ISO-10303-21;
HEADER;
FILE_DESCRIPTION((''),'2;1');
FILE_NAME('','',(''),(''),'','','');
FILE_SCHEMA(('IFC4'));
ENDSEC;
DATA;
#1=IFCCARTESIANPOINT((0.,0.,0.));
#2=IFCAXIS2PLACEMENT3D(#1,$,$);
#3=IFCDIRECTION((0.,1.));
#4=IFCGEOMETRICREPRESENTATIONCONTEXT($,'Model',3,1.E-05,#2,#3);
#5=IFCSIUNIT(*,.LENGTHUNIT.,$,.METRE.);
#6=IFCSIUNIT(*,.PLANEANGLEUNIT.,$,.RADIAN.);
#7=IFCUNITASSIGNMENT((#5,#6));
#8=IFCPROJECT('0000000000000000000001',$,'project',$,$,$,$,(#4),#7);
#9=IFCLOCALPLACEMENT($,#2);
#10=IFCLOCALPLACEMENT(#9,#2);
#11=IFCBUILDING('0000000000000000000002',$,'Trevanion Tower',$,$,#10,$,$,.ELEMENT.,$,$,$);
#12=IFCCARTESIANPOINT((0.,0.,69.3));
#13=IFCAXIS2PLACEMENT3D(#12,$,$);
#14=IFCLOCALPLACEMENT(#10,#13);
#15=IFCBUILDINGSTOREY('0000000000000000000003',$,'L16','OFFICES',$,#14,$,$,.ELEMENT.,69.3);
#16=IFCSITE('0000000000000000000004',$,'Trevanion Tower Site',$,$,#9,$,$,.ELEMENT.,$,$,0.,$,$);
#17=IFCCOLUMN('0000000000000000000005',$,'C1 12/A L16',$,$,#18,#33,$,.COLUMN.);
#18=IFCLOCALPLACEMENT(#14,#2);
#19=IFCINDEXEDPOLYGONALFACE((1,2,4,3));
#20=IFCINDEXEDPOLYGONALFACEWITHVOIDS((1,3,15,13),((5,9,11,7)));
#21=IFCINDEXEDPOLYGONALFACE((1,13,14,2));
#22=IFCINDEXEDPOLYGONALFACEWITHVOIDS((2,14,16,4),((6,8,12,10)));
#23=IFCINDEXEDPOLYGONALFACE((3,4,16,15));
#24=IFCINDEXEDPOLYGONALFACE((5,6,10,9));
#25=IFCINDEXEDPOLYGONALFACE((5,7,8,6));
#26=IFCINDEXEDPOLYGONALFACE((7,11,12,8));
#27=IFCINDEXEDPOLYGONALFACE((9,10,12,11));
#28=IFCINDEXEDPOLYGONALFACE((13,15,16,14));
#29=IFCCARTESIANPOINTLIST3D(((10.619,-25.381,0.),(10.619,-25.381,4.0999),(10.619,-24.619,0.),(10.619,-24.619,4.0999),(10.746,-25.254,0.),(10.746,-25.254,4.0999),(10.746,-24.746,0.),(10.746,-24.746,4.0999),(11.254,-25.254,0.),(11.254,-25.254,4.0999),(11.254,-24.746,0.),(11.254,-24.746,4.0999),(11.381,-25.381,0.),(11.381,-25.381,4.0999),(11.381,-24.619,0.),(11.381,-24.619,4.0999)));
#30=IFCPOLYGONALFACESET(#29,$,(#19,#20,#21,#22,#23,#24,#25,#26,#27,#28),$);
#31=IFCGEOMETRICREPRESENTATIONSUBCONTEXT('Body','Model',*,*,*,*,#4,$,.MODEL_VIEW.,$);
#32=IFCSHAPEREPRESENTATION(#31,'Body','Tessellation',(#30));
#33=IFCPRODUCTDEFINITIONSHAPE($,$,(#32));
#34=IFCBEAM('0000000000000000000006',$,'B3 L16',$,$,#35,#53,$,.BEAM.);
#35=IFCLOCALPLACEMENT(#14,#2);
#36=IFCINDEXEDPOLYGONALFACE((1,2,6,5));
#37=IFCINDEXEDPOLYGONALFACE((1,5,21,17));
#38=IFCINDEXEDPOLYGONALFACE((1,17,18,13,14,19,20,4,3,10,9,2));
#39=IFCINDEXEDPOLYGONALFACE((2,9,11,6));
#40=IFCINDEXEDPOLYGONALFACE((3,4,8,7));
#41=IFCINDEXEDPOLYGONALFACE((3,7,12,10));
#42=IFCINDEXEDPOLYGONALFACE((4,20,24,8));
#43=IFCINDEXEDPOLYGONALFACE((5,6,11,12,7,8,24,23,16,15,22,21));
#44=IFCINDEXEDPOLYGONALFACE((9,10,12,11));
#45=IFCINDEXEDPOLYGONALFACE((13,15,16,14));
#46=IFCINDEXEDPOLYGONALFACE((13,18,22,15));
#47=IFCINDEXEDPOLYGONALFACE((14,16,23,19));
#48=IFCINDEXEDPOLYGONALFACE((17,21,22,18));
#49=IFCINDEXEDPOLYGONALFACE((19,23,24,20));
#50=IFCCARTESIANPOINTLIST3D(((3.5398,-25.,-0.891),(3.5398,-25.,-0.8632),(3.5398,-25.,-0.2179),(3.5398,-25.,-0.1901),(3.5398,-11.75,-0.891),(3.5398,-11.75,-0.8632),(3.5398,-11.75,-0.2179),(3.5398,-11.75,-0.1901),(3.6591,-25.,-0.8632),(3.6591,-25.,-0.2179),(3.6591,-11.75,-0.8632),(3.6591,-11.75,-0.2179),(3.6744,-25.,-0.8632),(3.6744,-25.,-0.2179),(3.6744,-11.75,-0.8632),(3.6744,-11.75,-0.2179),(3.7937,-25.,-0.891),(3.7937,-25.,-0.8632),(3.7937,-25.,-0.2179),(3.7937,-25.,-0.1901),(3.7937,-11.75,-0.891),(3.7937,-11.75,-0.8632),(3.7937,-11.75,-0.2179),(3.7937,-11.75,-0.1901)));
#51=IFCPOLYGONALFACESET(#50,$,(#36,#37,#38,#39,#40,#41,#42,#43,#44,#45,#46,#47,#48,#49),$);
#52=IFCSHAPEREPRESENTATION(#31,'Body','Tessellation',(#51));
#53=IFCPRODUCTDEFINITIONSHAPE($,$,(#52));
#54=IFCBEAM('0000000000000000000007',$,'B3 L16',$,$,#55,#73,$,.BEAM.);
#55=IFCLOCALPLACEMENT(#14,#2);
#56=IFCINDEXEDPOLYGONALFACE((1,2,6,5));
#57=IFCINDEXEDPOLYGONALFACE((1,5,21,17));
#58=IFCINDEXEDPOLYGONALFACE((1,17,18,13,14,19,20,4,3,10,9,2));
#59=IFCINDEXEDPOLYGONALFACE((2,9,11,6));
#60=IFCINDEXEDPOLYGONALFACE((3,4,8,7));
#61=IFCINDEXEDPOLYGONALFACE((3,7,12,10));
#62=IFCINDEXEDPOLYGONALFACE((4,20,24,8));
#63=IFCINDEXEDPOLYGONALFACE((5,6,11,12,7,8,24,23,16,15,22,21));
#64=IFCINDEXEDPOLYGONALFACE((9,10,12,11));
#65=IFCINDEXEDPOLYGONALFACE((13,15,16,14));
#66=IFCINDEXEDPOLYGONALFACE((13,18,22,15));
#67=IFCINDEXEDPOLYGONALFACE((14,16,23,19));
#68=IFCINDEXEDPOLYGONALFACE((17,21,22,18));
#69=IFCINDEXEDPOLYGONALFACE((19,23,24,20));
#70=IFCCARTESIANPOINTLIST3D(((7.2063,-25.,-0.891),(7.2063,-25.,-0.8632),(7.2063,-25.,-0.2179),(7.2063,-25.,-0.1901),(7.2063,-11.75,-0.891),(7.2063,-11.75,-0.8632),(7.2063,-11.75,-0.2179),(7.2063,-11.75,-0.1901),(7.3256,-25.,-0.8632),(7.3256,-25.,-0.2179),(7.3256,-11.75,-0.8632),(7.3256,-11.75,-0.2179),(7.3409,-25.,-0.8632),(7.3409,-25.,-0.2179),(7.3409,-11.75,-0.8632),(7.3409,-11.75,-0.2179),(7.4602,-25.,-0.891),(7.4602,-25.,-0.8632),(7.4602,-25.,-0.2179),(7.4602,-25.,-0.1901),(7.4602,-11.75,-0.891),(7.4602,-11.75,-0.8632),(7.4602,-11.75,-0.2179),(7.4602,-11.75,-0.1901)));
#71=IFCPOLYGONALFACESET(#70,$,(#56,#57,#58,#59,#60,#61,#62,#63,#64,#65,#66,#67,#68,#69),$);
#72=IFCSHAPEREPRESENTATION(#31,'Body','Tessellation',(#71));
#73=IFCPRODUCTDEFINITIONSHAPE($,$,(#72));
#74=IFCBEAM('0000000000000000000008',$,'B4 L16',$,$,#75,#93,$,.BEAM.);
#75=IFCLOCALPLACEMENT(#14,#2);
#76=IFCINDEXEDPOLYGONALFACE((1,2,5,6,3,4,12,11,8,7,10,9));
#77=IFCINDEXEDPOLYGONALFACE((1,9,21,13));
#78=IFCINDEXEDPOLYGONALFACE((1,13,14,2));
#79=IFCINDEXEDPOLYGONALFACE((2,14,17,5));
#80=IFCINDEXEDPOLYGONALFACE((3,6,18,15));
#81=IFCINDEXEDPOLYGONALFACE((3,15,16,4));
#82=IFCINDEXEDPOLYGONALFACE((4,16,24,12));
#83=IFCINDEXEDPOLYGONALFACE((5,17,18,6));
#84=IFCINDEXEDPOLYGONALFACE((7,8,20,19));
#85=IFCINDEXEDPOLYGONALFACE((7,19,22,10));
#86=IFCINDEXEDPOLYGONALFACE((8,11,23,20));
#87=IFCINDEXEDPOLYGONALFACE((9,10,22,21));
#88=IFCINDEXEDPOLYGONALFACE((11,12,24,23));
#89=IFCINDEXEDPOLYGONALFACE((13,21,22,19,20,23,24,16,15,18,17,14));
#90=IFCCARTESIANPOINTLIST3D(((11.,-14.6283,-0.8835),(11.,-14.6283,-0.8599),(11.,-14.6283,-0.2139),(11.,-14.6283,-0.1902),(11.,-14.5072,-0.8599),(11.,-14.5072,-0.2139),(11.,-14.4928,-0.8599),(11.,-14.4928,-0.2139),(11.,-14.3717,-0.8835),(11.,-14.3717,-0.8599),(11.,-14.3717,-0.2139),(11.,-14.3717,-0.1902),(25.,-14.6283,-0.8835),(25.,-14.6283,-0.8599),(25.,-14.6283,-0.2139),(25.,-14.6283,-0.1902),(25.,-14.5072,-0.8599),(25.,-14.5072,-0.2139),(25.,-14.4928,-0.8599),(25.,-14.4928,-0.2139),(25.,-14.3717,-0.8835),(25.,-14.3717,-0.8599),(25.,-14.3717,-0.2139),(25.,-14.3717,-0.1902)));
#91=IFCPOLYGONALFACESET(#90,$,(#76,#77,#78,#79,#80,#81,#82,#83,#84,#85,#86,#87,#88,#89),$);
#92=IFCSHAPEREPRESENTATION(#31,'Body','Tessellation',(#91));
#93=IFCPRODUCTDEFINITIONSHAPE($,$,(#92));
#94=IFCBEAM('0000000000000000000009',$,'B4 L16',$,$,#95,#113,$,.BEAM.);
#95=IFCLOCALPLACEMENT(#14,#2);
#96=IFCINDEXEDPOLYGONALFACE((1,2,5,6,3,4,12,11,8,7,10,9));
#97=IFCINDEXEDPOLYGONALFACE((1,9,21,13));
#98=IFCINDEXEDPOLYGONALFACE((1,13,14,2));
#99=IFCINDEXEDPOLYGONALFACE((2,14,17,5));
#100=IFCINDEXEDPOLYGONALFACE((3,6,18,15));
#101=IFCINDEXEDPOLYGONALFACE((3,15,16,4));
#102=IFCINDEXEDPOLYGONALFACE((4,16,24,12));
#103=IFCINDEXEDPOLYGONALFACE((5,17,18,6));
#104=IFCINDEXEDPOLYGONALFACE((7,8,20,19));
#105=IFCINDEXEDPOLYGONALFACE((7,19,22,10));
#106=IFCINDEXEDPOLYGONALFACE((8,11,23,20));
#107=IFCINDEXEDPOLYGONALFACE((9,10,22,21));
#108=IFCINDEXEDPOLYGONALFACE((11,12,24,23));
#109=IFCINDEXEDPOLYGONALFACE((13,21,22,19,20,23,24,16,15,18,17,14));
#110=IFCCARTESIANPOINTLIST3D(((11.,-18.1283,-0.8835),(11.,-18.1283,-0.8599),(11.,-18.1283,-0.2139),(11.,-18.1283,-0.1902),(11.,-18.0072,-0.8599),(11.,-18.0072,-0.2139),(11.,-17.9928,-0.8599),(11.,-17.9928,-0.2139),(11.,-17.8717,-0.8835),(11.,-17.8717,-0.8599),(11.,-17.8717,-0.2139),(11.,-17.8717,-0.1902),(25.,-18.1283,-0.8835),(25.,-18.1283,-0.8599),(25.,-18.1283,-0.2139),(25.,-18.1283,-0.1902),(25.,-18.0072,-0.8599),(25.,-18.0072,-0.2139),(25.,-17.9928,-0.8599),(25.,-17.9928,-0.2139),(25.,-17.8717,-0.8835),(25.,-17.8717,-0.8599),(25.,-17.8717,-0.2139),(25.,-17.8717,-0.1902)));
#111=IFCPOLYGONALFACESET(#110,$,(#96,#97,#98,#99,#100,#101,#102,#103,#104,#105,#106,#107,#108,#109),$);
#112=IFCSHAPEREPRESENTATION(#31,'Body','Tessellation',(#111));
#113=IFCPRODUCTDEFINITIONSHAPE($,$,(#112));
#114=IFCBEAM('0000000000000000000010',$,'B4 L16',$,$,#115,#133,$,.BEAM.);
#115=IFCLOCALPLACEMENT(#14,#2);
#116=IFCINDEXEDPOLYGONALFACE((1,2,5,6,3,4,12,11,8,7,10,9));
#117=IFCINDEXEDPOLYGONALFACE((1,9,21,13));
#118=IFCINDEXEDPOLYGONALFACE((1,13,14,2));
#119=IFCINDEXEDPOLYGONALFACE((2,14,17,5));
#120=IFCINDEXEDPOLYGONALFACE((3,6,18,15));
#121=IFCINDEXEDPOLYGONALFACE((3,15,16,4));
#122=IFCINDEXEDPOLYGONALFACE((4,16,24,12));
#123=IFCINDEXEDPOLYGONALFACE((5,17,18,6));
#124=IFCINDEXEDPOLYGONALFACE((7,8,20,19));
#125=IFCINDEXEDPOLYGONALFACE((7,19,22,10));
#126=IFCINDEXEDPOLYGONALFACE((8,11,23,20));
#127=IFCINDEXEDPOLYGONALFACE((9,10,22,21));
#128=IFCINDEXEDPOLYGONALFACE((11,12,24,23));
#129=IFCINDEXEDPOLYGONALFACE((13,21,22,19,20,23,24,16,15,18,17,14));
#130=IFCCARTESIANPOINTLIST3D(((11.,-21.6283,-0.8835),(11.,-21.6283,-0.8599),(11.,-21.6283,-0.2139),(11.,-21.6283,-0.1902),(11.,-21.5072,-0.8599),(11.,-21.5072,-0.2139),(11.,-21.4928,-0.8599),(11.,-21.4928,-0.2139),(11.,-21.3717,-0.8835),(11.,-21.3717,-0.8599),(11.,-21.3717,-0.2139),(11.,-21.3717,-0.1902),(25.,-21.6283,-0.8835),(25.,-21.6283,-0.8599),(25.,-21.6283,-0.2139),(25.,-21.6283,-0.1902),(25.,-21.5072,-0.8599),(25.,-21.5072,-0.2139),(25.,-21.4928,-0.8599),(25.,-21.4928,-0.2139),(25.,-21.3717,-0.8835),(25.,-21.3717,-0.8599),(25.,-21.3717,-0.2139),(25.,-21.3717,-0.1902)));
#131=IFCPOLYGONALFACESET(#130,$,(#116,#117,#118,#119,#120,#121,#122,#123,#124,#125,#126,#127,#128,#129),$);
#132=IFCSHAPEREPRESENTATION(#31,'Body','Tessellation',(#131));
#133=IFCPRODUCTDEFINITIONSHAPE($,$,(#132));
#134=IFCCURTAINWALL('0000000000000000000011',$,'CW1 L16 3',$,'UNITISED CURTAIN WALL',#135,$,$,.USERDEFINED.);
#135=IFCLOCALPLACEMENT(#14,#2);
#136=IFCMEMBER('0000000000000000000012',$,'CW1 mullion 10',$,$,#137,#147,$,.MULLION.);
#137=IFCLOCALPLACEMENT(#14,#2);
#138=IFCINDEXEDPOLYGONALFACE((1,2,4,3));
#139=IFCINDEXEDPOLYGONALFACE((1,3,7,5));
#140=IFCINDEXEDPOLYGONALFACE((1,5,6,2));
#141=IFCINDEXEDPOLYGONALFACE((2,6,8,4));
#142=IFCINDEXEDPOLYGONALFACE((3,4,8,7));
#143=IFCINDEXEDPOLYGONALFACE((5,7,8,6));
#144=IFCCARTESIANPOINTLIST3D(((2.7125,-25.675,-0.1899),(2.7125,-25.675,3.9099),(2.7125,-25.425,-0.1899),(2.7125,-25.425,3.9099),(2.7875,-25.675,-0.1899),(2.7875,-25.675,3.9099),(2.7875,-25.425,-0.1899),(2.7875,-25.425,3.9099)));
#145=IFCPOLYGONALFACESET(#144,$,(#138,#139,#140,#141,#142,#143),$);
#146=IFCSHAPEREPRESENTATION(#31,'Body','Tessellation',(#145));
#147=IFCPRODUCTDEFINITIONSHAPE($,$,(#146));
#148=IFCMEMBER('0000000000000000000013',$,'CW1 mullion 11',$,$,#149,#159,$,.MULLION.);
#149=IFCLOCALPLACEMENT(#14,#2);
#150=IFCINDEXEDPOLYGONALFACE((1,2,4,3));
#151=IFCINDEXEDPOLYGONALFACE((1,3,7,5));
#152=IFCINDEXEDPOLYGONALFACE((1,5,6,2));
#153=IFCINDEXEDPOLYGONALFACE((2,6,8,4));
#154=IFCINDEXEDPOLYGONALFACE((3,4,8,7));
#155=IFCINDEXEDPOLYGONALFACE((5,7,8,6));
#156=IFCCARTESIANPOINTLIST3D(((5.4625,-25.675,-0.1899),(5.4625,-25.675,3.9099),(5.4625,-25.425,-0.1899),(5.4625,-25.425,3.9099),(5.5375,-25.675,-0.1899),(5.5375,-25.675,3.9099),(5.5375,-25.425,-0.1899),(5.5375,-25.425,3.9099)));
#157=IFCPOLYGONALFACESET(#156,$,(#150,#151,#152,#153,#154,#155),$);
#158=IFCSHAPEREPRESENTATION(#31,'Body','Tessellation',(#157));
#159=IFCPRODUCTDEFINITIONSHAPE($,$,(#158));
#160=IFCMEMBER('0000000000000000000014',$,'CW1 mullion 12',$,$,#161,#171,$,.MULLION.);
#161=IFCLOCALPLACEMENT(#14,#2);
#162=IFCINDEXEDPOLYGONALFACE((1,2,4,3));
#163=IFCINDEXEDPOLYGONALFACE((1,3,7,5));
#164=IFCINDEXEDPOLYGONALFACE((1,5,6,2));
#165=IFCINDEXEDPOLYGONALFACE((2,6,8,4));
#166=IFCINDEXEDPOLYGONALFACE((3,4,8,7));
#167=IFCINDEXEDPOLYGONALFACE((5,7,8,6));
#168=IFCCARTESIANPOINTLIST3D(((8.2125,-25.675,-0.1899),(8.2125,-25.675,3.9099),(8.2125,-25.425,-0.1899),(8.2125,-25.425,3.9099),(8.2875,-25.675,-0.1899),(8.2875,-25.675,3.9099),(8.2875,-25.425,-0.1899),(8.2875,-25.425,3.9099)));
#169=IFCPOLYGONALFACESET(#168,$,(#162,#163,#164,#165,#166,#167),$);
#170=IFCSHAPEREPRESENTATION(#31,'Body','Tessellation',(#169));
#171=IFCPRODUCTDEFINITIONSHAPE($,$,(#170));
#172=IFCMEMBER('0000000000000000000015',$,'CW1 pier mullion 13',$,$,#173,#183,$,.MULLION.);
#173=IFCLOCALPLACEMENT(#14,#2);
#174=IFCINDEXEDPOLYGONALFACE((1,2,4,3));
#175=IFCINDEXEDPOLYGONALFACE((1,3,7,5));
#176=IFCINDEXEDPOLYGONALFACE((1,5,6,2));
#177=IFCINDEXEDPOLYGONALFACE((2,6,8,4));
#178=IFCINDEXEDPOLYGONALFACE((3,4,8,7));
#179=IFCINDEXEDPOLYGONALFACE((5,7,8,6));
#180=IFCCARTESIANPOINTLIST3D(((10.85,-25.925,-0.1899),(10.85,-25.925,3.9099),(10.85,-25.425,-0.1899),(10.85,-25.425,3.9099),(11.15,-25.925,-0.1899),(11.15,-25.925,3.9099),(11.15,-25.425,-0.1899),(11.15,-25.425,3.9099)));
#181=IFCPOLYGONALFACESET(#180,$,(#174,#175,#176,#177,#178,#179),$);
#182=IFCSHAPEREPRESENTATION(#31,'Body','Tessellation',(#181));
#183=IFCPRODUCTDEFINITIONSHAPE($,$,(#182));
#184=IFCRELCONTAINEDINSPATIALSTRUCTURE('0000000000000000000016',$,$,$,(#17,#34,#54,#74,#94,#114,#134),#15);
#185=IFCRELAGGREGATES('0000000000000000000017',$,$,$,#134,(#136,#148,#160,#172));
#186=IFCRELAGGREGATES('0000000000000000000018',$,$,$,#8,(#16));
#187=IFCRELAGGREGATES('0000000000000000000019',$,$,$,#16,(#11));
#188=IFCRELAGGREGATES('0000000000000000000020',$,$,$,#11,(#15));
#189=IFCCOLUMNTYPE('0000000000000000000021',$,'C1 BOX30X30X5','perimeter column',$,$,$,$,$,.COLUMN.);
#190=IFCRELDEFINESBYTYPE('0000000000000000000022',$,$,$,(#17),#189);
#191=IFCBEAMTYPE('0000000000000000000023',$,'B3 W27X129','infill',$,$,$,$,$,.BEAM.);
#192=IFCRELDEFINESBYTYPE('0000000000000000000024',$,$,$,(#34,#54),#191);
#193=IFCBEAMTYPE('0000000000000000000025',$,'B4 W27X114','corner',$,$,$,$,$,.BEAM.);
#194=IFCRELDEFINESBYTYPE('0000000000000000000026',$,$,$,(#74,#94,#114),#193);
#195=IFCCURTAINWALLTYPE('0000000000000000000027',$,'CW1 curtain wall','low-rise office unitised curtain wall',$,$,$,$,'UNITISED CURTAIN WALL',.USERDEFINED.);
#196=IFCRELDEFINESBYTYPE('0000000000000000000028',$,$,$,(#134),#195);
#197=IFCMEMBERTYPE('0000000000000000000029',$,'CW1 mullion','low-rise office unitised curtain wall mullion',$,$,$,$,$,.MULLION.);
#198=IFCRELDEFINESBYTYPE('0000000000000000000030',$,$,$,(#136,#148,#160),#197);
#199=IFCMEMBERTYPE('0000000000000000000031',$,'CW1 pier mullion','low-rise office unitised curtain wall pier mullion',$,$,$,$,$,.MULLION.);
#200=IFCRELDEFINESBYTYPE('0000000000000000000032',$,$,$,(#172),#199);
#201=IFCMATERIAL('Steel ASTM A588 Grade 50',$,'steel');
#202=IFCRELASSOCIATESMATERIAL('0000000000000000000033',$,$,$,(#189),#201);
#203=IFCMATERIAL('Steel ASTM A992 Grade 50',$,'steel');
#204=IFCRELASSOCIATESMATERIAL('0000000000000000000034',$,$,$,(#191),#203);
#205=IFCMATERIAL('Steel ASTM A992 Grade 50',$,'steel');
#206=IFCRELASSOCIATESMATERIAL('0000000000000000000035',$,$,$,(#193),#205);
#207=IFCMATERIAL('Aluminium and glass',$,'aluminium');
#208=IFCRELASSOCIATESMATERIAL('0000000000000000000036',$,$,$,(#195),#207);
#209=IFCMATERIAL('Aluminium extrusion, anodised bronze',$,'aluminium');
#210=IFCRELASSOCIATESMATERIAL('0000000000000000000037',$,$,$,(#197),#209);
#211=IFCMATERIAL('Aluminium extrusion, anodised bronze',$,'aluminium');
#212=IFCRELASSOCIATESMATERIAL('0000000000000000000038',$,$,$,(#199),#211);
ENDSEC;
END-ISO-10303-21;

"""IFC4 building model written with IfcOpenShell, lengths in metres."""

from ifc_helpers import new_model, si_unit, direction, frame, origin, origin_2d, place, context, subcontext, project, spatial, rectangle, hollow_rectangle, i_section, extrude, material, material_profile, profile_set, type_object, element, aggregate, save


model = new_model("IFC4")

# Units and contexts
model_context = context("Model", 3, precision=1e-05, world=origin(), true_north=direction((0.0, 1.0)))
body_context = subcontext(model_context, "Body", "Model", "MODEL_VIEW")
ifc_project = project(units=[si_unit("LENGTHUNIT", "METRE"), si_unit("PLANEANGLEUNIT", "RADIAN")], contexts=[model_context])

# Site, building, storey
site_placement = place(None, origin())
site = spatial("IfcSite", under=ifc_project, at=site_placement, Name="Trevanion Tower Site", CompositionType="ELEMENT", RefElevation=0.0)
building_placement = place(site_placement, origin())
building = spatial("IfcBuilding", under=site, at=building_placement, Name="Trevanion Tower", CompositionType="ELEMENT")
storey_placement = place(building_placement, frame((0.0, 0.0, 69.3)))
storey = spatial("IfcBuildingStorey", under=building, at=storey_placement, Name="L16", Description="OFFICES", CompositionType="ELEMENT", Elevation=69.3)

# Column
ifc_material_1 = material(Name="Steel ASTM A588 Grade 50", Category="steel")
ifc_material_profile_1 = material_profile(ifc_material_1, hollow_rectangle(XDim=0.762, YDim=0.762, WallThickness=0.127, at=origin_2d()), Name="BOX30X30X5")
ifc_profile_set_1 = profile_set([ifc_material_profile_1], Name="Steel ASTM A588 Grade 50")
column_type = type_object("IfcColumnType", Name="C1 BOX30X30X5", Description="perimeter column", PredefinedType="COLUMN", material=ifc_profile_set_1)
column_placement = place(storey_placement, frame((11.0, -25.0, 0.0), z_axis=(0.0, 0.0, 1.0), x_axis=(1.0, 0.0, 0.0)))
element("IfcColumn", 1, at=column_placement, inside=storey, type_object=column_type, Name="C1 12/A L16", PredefinedType="COLUMN", context=body_context, shape_type="SweptSolid", body=[
    extrude(hollow_rectangle(XDim=0.762, YDim=0.762, WallThickness=0.127, at=origin_2d()), origin(), (0.0, 0.0, 1.0), 4.0999),
])

# Beams
ifc_material_2 = material(Name="Steel ASTM A992 Grade 50", Category="steel")
ifc_material_profile_2 = material_profile(ifc_material_2, i_section(OverallWidth=0.2539, OverallDepth=0.7009, WebThickness=0.0154, FlangeThickness=0.0278, at=origin_2d()), Name="W27X129")
ifc_profile_set_2 = profile_set([ifc_material_profile_2], Name="Steel ASTM A992 Grade 50")
beam_type_1 = type_object("IfcBeamType", Name="B3 W27X129", Description="infill", PredefinedType="BEAM", material=ifc_profile_set_2)
for number, where, z_axis, x_axis, name in (
    (2, (3.6667, -11.75, -0.5405), (0.0, -1.0, 0.0), (1.0, 0.0, 0.0), "B3 L16"),
    (3, (7.3333, -11.75, -0.5405), (0.0, -1.0, 0.0), (1.0, 0.0, 0.0), "B3 L16"),
):
    element("IfcBeam", number, at=place(storey_placement, frame(where, z_axis=z_axis, x_axis=x_axis)), inside=storey, type_object=beam_type_1, Name=name, PredefinedType="BEAM", context=body_context, shape_type="SweptSolid", body=[
        extrude(i_section(OverallWidth=0.2539, OverallDepth=0.7009, WebThickness=0.0154, FlangeThickness=0.0278, at=origin_2d()), origin(), (0.0, 0.0, 1.0), 13.25),
    ])
ifc_material_3 = material(Name="Steel ASTM A992 Grade 50", Category="steel")
ifc_material_profile_3 = material_profile(ifc_material_3, i_section(OverallWidth=0.2566, OverallDepth=0.6934, WebThickness=0.0144, FlangeThickness=0.0237, at=origin_2d()), Name="W27X114")
ifc_profile_set_3 = profile_set([ifc_material_profile_3], Name="Steel ASTM A992 Grade 50")
beam_type_2 = type_object("IfcBeamType", Name="B4 W27X114", Description="corner", PredefinedType="BEAM", material=ifc_profile_set_3)
for number, where, z_axis, x_axis, name in (
    (4, (11.0, -14.5, -0.5369), (1.0, 0.0, 0.0), (0.0, 1.0, 0.0), "B4 L16"),
    (5, (11.0, -18.0, -0.5369), (1.0, 0.0, 0.0), (0.0, 1.0, 0.0), "B4 L16"),
    (6, (11.0, -21.5, -0.5369), (1.0, 0.0, 0.0), (0.0, 1.0, 0.0), "B4 L16"),
):
    element("IfcBeam", number, at=place(storey_placement, frame(where, z_axis=z_axis, x_axis=x_axis)), inside=storey, type_object=beam_type_2, Name=name, PredefinedType="BEAM", context=body_context, shape_type="SweptSolid", body=[
        extrude(i_section(OverallWidth=0.2566, OverallDepth=0.6934, WebThickness=0.0144, FlangeThickness=0.0237, at=origin_2d()), origin(), (0.0, 0.0, 1.0), 14.0),
    ])

# Curtain wall, members
ifc_material_4 = material(Name="Aluminium and glass", Category="aluminium")
curtain_wall_type = type_object("IfcCurtainWallType", Name="CW1 curtain wall", Description="low-rise office unitised curtain wall", ElementType="UNITISED CURTAIN WALL", PredefinedType="USERDEFINED", material=ifc_material_4)
curtain_wall_placement = place(storey_placement, origin())
curtain_wall = element("IfcCurtainWall", 7, at=curtain_wall_placement, inside=storey, type_object=curtain_wall_type, Name="CW1 L16 3", ObjectType="UNITISED CURTAIN WALL", PredefinedType="USERDEFINED")
ifc_material_5 = material(Name="Aluminium extrusion, anodised bronze", Category="aluminium")
ifc_material_profile_4 = material_profile(ifc_material_5, rectangle(XDim=0.075, YDim=0.25, at=origin_2d()), Name="CW1 mullion")
ifc_profile_set_4 = profile_set([ifc_material_profile_4], Name="Aluminium extrusion, anodised bronze")
member_type_1 = type_object("IfcMemberType", Name="CW1 mullion", Description="low-rise office unitised curtain wall mullion", PredefinedType="MULLION", material=ifc_profile_set_4)
member_1_placement = place(storey_placement, frame((2.75, -25.55, -0.1899), z_axis=(0.0, 0.0, 1.0), x_axis=(1.0, 0.0, 0.0)))
member_1 = element("IfcMember", 8, at=member_1_placement, type_object=member_type_1, Name="CW1 mullion 10", PredefinedType="MULLION", context=body_context, shape_type="SweptSolid", body=[
    extrude(rectangle(XDim=0.075, YDim=0.25, at=origin_2d()), origin(), (0.0, 0.0, 1.0), 4.0999),
])
member_2_placement = place(storey_placement, frame((5.5, -25.55, -0.1899), z_axis=(0.0, 0.0, 1.0), x_axis=(1.0, 0.0, 0.0)))
member_2 = element("IfcMember", 9, at=member_2_placement, type_object=member_type_1, Name="CW1 mullion 11", PredefinedType="MULLION", context=body_context, shape_type="SweptSolid", body=[
    extrude(rectangle(XDim=0.075, YDim=0.25, at=origin_2d()), origin(), (0.0, 0.0, 1.0), 4.0999),
])
member_3_placement = place(storey_placement, frame((8.25, -25.55, -0.1899), z_axis=(0.0, 0.0, 1.0), x_axis=(1.0, 0.0, 0.0)))
member_3 = element("IfcMember", 10, at=member_3_placement, type_object=member_type_1, Name="CW1 mullion 12", PredefinedType="MULLION", context=body_context, shape_type="SweptSolid", body=[
    extrude(rectangle(XDim=0.075, YDim=0.25, at=origin_2d()), origin(), (0.0, 0.0, 1.0), 4.0999),
])
ifc_material_6 = material(Name="Aluminium extrusion, anodised bronze", Category="aluminium")
ifc_material_profile_5 = material_profile(ifc_material_6, rectangle(XDim=0.3, YDim=0.5, at=origin_2d()), Name="CW1 pier mullion")
ifc_profile_set_5 = profile_set([ifc_material_profile_5], Name="Aluminium extrusion, anodised bronze")
member_type_2 = type_object("IfcMemberType", Name="CW1 pier mullion", Description="low-rise office unitised curtain wall pier mullion", PredefinedType="MULLION", material=ifc_profile_set_5)
member_4_placement = place(storey_placement, frame((11.0, -25.675, -0.1899), z_axis=(0.0, 0.0, 1.0), x_axis=(1.0, 0.0, 0.0)))
member_4 = element("IfcMember", 11, at=member_4_placement, type_object=member_type_2, Name="CW1 pier mullion 13", PredefinedType="MULLION", context=body_context, shape_type="SweptSolid", body=[
    extrude(rectangle(XDim=0.3, YDim=0.5, at=origin_2d()), origin(), (0.0, 0.0, 1.0), 4.0999),
])

aggregate(curtain_wall, [member_1, member_2, member_3, member_4])

save(model, "model.ifc")
